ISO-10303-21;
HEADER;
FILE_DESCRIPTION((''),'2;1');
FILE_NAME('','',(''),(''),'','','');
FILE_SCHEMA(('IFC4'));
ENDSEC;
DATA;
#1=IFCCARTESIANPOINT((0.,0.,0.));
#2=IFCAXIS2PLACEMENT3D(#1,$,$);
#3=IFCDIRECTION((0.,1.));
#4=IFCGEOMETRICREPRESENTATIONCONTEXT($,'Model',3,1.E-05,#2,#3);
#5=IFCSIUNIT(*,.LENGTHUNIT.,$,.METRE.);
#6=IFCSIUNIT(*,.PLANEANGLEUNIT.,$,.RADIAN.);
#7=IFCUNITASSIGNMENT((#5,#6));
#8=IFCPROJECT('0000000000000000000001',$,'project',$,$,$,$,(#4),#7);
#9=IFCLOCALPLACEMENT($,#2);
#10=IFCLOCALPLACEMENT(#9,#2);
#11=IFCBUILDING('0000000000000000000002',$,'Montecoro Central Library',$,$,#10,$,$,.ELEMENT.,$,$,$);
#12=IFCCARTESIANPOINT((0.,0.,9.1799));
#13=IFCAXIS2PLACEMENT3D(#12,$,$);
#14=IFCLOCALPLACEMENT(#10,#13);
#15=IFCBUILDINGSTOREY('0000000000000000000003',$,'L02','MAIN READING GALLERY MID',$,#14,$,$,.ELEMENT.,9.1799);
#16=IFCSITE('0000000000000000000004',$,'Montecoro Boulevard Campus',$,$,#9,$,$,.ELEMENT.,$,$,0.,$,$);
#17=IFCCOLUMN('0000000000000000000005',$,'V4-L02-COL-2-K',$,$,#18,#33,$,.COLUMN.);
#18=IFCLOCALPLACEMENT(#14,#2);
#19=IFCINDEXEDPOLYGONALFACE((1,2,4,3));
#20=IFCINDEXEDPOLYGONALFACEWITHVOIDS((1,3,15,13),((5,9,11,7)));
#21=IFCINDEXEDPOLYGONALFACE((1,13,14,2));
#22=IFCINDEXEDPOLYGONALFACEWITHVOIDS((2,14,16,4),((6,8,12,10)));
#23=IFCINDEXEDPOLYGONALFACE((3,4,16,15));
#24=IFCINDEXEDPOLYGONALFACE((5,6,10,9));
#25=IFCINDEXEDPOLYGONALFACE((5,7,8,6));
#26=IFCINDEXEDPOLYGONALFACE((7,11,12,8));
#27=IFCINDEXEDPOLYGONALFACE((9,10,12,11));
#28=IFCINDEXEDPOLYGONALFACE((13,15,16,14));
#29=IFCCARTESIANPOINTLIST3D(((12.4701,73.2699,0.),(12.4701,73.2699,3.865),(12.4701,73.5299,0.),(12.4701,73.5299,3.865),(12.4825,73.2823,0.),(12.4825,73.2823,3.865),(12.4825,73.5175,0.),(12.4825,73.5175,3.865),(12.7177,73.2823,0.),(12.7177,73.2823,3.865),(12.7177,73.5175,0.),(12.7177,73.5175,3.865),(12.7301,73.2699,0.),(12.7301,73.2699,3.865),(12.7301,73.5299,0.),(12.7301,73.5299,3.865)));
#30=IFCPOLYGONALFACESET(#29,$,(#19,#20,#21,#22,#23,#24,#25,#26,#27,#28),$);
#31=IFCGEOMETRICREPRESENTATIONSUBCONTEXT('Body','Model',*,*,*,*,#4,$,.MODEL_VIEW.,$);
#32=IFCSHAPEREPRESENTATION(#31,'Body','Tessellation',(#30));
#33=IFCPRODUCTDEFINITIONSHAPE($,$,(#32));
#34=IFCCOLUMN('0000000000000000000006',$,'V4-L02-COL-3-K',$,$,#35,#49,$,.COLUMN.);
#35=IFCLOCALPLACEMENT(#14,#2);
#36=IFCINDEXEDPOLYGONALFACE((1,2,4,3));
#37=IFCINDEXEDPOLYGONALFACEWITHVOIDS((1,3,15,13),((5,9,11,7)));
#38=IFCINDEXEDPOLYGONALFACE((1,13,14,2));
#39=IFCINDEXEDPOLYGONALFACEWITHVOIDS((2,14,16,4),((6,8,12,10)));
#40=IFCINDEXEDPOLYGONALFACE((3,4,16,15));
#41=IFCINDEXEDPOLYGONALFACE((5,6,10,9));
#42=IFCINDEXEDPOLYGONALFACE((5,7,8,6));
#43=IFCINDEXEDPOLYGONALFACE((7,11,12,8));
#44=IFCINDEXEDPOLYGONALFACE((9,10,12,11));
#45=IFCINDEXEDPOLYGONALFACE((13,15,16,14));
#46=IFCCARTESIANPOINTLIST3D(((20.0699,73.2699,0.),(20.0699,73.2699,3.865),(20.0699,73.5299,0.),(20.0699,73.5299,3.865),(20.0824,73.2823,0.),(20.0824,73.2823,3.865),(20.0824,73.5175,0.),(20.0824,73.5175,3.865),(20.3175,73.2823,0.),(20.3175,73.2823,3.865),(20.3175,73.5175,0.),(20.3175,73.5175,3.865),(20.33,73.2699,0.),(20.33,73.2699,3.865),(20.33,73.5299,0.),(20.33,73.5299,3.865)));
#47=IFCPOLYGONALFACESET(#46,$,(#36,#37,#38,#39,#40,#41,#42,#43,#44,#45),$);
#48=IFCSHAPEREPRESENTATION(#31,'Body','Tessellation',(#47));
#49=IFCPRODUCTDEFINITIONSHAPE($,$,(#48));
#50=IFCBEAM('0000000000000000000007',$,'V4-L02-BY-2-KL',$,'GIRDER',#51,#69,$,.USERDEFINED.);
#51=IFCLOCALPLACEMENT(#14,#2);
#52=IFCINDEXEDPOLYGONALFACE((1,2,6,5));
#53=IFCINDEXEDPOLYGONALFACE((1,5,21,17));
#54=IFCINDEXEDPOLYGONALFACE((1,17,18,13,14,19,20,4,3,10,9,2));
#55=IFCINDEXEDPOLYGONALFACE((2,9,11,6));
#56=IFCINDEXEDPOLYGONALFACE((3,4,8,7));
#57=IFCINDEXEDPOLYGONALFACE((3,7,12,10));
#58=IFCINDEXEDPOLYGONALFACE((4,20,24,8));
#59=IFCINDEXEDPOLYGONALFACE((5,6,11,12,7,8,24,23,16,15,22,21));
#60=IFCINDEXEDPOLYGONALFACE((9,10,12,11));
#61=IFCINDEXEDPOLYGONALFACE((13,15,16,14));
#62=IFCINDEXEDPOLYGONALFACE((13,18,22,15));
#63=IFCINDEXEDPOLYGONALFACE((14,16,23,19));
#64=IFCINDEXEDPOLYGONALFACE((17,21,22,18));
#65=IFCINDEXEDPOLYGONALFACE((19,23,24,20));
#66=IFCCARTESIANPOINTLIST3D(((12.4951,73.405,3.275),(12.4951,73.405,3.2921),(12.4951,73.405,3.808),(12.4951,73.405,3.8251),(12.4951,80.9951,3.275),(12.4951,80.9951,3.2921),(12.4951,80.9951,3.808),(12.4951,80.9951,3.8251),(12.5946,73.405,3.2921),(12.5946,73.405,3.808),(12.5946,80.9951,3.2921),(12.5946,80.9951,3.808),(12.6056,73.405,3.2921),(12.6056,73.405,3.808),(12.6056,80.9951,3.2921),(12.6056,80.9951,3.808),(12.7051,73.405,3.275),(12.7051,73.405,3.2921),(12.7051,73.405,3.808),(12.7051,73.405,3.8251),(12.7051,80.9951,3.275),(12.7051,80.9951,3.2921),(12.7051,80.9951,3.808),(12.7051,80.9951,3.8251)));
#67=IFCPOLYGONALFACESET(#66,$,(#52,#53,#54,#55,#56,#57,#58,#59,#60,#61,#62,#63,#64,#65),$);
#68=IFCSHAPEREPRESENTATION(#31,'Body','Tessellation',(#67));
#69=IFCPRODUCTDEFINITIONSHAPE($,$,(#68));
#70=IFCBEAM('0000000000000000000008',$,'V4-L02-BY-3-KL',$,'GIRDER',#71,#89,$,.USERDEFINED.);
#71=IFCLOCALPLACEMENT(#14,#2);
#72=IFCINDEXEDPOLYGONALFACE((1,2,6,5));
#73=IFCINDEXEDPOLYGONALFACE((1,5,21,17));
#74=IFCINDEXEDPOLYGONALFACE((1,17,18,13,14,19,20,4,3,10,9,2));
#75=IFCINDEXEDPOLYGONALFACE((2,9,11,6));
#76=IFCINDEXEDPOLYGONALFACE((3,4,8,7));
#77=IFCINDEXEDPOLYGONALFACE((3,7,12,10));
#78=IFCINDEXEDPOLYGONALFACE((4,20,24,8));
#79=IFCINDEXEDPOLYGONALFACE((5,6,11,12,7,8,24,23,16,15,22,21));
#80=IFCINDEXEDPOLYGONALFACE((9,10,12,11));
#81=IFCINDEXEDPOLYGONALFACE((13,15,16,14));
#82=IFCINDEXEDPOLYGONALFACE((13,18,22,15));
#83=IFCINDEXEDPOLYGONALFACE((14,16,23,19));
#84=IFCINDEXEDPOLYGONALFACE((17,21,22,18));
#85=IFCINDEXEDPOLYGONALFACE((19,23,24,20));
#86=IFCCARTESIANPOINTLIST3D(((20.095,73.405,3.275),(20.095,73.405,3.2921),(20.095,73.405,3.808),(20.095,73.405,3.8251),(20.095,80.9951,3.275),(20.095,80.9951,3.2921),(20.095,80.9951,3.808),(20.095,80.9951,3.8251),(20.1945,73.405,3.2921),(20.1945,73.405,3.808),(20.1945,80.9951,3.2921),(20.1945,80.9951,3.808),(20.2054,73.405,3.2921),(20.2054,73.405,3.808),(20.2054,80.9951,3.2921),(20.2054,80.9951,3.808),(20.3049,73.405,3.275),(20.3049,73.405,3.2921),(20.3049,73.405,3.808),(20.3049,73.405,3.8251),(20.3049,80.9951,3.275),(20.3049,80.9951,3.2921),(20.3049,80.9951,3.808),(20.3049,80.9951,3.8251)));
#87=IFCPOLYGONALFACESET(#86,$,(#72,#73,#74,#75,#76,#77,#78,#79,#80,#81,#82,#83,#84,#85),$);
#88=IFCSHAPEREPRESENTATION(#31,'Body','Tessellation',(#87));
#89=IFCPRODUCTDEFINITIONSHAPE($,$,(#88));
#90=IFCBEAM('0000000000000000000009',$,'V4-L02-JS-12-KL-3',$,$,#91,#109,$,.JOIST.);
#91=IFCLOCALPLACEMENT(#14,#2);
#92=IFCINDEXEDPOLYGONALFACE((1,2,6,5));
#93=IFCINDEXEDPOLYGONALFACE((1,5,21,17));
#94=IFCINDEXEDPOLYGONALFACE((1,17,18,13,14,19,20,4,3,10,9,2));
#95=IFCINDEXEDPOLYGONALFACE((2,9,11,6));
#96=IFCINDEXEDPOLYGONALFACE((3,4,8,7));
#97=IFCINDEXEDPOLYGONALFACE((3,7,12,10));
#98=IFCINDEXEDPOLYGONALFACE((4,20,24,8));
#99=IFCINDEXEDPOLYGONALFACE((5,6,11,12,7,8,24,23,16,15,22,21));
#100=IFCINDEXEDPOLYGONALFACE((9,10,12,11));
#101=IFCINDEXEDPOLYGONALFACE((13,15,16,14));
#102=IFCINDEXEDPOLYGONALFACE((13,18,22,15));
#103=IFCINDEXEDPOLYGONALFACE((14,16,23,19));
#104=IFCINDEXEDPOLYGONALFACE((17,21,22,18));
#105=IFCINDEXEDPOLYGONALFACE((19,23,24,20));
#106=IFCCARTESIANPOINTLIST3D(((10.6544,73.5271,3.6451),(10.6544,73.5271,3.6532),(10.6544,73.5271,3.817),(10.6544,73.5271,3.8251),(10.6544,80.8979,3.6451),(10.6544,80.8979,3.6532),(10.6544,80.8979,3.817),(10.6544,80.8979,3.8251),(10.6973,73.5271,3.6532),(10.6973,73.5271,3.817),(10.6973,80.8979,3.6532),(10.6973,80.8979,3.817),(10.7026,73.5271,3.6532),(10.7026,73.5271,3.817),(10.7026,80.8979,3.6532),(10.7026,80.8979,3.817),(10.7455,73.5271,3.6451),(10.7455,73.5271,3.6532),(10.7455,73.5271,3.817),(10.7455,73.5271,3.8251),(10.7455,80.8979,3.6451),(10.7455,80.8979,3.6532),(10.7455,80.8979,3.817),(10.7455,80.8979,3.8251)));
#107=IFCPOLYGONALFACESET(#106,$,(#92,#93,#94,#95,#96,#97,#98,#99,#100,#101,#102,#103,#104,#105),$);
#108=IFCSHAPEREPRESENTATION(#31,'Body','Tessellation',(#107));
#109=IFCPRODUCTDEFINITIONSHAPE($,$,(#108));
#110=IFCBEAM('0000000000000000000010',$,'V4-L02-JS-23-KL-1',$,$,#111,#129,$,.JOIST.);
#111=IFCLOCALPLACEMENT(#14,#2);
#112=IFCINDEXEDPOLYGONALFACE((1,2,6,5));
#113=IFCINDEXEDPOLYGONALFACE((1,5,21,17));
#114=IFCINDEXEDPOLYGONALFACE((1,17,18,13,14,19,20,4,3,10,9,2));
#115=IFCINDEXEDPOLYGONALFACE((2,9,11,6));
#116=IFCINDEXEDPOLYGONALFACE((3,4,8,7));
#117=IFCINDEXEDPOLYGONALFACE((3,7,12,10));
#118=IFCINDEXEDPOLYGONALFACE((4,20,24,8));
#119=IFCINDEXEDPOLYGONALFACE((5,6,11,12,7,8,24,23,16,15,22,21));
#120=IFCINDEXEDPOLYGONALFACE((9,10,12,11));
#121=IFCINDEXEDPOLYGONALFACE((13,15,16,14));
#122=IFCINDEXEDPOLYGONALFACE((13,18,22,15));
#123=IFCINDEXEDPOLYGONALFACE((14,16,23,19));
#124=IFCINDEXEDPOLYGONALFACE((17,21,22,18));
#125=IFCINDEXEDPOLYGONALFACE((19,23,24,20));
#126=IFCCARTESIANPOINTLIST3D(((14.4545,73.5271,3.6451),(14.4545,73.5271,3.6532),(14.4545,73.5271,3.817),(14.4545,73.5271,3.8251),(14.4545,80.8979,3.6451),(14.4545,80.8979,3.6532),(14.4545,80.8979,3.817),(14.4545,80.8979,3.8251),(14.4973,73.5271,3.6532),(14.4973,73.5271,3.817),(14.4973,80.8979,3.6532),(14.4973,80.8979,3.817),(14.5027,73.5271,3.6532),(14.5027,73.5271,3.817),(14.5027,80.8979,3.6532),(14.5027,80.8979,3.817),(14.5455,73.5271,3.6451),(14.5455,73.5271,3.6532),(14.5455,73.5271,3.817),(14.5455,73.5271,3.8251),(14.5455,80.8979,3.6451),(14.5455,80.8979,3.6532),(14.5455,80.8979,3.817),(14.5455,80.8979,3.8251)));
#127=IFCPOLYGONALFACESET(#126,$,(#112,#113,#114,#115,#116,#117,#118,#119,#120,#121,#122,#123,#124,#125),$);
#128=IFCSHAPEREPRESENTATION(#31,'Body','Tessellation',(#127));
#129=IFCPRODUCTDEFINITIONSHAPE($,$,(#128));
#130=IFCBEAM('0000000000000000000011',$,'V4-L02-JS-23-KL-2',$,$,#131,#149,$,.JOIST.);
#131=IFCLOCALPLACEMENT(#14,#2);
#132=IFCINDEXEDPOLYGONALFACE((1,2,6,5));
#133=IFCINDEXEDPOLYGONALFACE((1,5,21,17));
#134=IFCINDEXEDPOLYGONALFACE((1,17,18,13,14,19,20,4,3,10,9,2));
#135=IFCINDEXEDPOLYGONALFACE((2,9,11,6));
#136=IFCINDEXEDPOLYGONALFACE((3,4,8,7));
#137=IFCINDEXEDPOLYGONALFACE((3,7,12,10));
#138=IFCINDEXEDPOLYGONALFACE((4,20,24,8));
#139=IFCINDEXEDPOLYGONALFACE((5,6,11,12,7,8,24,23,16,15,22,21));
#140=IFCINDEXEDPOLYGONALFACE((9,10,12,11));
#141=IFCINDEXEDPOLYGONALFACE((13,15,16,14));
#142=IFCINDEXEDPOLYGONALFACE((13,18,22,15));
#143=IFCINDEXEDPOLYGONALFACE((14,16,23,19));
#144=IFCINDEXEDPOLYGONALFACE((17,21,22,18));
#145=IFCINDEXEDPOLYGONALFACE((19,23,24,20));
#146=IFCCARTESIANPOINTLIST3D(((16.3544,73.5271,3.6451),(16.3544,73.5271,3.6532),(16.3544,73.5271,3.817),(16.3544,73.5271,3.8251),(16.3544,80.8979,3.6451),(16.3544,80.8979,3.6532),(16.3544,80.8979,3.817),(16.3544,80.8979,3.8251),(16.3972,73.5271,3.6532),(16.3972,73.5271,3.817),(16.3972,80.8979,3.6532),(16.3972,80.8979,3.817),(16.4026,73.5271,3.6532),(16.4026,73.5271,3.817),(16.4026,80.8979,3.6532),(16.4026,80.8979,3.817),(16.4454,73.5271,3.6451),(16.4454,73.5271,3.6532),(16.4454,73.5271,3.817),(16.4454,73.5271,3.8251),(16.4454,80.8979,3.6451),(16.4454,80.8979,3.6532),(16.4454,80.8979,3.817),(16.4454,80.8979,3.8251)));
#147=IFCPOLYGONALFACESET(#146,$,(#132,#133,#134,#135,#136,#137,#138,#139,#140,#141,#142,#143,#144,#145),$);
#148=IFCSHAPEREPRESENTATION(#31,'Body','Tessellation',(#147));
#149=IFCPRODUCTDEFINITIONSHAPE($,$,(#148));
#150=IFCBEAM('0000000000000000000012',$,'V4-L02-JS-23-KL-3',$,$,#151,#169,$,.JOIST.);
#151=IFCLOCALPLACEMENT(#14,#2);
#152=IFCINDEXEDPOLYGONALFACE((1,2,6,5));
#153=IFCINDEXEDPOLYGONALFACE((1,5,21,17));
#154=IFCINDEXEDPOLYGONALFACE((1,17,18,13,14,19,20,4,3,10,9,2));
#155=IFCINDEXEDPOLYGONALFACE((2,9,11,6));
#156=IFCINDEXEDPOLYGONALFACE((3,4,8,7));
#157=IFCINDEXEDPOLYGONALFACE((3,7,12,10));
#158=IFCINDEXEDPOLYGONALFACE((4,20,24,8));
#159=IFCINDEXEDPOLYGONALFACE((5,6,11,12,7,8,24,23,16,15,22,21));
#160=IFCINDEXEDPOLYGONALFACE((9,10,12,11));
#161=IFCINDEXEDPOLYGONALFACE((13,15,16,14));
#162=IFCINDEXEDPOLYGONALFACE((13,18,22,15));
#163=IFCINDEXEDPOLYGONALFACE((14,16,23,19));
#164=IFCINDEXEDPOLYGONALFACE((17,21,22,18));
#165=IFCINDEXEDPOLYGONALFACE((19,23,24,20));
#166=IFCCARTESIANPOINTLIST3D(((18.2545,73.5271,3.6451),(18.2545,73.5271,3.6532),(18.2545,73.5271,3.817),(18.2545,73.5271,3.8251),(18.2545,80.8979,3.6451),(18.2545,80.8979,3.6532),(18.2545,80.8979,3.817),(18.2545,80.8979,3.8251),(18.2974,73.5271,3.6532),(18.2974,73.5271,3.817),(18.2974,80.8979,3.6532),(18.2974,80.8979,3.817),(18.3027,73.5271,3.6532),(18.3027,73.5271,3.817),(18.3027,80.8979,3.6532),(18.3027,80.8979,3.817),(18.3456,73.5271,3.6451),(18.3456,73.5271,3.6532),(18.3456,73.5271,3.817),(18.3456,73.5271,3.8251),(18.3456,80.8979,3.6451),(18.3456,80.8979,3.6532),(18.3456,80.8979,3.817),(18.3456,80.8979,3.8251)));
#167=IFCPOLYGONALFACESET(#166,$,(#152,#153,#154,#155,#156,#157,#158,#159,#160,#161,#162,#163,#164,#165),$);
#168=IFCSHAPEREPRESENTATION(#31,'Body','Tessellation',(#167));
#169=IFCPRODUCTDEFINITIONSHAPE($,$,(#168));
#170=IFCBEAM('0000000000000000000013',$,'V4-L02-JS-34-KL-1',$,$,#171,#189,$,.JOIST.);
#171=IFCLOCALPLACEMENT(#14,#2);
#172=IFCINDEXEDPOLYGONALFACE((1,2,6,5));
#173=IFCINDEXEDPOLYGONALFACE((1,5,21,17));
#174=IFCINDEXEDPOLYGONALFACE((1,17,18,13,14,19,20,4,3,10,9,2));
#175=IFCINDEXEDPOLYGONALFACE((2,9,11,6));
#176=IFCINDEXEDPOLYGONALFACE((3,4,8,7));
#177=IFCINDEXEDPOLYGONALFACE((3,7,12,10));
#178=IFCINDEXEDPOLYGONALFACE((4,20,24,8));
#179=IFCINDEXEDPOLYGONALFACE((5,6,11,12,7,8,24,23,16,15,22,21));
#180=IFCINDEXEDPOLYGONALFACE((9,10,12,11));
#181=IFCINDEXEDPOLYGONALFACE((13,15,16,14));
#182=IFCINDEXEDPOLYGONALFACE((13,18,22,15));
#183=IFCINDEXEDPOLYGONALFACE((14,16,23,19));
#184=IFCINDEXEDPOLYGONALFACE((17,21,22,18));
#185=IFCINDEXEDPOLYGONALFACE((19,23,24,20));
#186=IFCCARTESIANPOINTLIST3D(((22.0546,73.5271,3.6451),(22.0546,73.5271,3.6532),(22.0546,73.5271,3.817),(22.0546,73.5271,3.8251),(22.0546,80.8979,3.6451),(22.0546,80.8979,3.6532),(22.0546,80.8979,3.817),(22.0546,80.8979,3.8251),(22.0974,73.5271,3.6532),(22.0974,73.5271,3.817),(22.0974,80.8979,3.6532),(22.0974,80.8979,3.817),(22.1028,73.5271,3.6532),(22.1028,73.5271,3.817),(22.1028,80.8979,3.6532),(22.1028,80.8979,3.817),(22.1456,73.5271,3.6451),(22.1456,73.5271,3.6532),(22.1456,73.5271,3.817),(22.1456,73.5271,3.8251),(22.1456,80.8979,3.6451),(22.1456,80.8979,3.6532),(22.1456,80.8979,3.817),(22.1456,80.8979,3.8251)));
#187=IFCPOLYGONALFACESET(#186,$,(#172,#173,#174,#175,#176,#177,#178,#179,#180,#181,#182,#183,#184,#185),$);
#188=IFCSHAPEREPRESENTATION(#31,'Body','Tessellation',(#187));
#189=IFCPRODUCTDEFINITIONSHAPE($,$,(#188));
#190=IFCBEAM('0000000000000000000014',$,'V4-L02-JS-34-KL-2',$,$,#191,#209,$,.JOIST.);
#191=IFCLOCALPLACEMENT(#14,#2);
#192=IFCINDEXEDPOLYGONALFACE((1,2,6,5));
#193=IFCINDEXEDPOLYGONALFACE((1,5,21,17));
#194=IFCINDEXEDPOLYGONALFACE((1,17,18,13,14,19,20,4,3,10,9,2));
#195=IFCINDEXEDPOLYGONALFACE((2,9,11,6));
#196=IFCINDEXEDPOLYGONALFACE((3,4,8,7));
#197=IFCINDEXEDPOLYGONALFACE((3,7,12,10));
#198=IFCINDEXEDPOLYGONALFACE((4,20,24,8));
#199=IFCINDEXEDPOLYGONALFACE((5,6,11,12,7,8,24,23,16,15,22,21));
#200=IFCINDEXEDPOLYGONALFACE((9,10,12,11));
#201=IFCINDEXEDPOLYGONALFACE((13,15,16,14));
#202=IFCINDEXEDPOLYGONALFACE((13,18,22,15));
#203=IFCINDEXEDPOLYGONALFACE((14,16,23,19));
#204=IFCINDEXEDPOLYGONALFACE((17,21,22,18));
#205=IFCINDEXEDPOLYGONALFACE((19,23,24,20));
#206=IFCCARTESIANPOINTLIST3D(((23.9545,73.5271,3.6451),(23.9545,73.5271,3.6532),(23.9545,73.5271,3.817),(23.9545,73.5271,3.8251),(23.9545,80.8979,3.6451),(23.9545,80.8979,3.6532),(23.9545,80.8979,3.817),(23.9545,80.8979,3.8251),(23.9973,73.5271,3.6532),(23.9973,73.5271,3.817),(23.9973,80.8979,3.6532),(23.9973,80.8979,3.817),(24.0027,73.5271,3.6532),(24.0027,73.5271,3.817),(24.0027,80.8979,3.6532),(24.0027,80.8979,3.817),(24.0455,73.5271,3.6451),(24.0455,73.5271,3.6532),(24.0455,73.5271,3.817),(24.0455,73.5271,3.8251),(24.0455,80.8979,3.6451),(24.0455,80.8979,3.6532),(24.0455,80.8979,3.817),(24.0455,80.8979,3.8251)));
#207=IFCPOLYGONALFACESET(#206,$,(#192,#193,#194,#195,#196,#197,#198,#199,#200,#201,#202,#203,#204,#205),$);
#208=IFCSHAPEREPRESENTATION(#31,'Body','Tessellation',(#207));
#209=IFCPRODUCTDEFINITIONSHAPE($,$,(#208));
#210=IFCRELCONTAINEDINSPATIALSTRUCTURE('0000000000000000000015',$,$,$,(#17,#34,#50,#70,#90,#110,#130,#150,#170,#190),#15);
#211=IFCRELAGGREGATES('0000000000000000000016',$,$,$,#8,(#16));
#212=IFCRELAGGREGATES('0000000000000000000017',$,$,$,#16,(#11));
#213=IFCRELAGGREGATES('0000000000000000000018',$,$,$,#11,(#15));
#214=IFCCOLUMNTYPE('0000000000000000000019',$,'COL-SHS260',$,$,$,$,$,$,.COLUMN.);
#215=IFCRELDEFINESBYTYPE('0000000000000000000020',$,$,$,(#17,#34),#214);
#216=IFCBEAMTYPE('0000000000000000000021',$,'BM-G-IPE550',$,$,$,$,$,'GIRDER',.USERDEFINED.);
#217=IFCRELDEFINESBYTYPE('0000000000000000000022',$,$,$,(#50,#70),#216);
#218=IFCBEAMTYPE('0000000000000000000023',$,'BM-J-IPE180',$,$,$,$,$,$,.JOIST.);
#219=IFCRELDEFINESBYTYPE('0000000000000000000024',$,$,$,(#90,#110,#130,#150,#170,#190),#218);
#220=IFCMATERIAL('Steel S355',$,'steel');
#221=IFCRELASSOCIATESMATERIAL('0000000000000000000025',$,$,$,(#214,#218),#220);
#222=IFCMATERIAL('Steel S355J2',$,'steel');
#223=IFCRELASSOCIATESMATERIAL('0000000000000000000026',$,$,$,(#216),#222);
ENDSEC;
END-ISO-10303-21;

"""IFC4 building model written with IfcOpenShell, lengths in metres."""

from ifc_helpers import new_model, si_unit, direction, frame, origin, origin_2d, place, context, subcontext, project, spatial, hollow_rectangle, i_section, extrude, material, material_profile, profile_set, type_object, element, save


model = new_model("IFC4")

# Units and contexts
model_context = context("Model", 3, precision=1e-05, world=origin(), true_north=direction((0.0, 1.0)))
body_context = subcontext(model_context, "Body", "Model", "MODEL_VIEW")
ifc_project = project(units=[si_unit("LENGTHUNIT", "METRE"), si_unit("PLANEANGLEUNIT", "RADIAN")], contexts=[model_context])

# Site, building, storey
site_placement = place(None, origin())
site = spatial("IfcSite", under=ifc_project, at=site_placement, Name="Montecoro Boulevard Campus", CompositionType="ELEMENT", RefElevation=0.0)
building_placement = place(site_placement, origin())
building = spatial("IfcBuilding", under=site, at=building_placement, Name="Montecoro Central Library", CompositionType="ELEMENT")
storey_placement = place(building_placement, frame((0.0, 0.0, 9.1799)))
storey = spatial("IfcBuildingStorey", under=building, at=storey_placement, Name="L02", Description="MAIN READING GALLERY MID", CompositionType="ELEMENT", Elevation=9.1799)

# Columns
ifc_material_1 = material(Name="Steel S355", Category="steel")
ifc_material_profile_1 = material_profile(ifc_material_1, hollow_rectangle(XDim=0.26, YDim=0.26, WallThickness=0.0125, at=origin_2d()), Name="SHS 260x260x12.5")
ifc_profile_set_1 = profile_set([ifc_material_profile_1], Name="Steel S355")
column_type = type_object("IfcColumnType", Name="COL-SHS260", PredefinedType="COLUMN", material=ifc_profile_set_1)
for number, where, z_axis, x_axis, name in (
    (1, (12.6001, 73.3999, 0.0), (0.0, 0.0, 1.0), (1.0, 0.0, 0.0), "V4-L02-COL-2-K"),
    (2, (20.2, 73.3999, 0.0), (0.0, 0.0, 1.0), (1.0, 0.0, 0.0), "V4-L02-COL-3-K"),
):
    element("IfcColumn", number, at=place(storey_placement, frame(where, z_axis=z_axis, x_axis=x_axis)), inside=storey, type_object=column_type, Name=name, PredefinedType="COLUMN", context=body_context, shape_type="SweptSolid", body=[
        extrude(hollow_rectangle(XDim=0.26, YDim=0.26, WallThickness=0.0125, at=origin_2d()), origin(), (0.0, 0.0, 1.0), 3.865),
    ])

# Beams
ifc_material_2 = material(Name="Steel S355J2", Category="steel")
ifc_material_profile_2 = material_profile(ifc_material_2, i_section(OverallWidth=0.21, OverallDepth=0.55, WebThickness=0.011, FlangeThickness=0.0171, at=origin_2d()), Name="IPE 550")
ifc_profile_set_2 = profile_set([ifc_material_profile_2], Name="Steel S355J2")
beam_type_1 = type_object("IfcBeamType", Name="BM-G-IPE550", ElementType="GIRDER", PredefinedType="USERDEFINED", material=ifc_profile_set_2)
for number, where, z_axis, x_axis, name in (
    (3, (12.6001, 73.405, 3.55), (0.0, 1.0, 0.0), (-1.0, 0.0, 0.0), "V4-L02-BY-2-KL"),
    (4, (20.2, 73.405, 3.55), (0.0, 1.0, 0.0), (-1.0, 0.0, 0.0), "V4-L02-BY-3-KL"),
):
    element("IfcBeam", number, at=place(storey_placement, frame(where, z_axis=z_axis, x_axis=x_axis)), inside=storey, type_object=beam_type_1, Name=name, ObjectType="GIRDER", PredefinedType="USERDEFINED", context=body_context, shape_type="SweptSolid", body=[
        extrude(i_section(OverallWidth=0.21, OverallDepth=0.55, WebThickness=0.011, FlangeThickness=0.0171, at=origin_2d()), origin(), (0.0, 0.0, 1.0), 7.5901),
    ])
ifc_material_profile_3 = material_profile(ifc_material_1, i_section(OverallWidth=0.0911, OverallDepth=0.1799, WebThickness=0.0054, FlangeThickness=0.0081, at=origin_2d()), Name="IPE 180")
ifc_profile_set_3 = profile_set([ifc_material_profile_3], Name="Steel S355")
beam_type_2 = type_object("IfcBeamType", Name="BM-J-IPE180", PredefinedType="JOIST", material=ifc_profile_set_3)
for number, where, z_axis, x_axis, name in (
    (5, (10.7, 73.5271, 3.7351), (0.0, 1.0, 0.0), (-1.0, 0.0, 0.0), "V4-L02-JS-12-KL-3"),
    (6, (14.5, 73.5271, 3.7351), (0.0, 1.0, 0.0), (-1.0, 0.0, 0.0), "V4-L02-JS-23-KL-1"),
    (7, (16.3999, 73.5271, 3.7351), (0.0, 1.0, 0.0), (-1.0, 0.0, 0.0), "V4-L02-JS-23-KL-2"),
    (8, (18.3, 73.5271, 3.7351), (0.0, 1.0, 0.0), (-1.0, 0.0, 0.0), "V4-L02-JS-23-KL-3"),
    (9, (22.1001, 73.5271, 3.7351), (0.0, 1.0, 0.0), (-1.0, 0.0, 0.0), "V4-L02-JS-34-KL-1"),
    (10, (24.0, 73.5271, 3.7351), (0.0, 1.0, 0.0), (-1.0, 0.0, 0.0), "V4-L02-JS-34-KL-2"),
):
    element("IfcBeam", number, at=place(storey_placement, frame(where, z_axis=z_axis, x_axis=x_axis)), inside=storey, type_object=beam_type_2, Name=name, PredefinedType="JOIST", context=body_context, shape_type="SweptSolid", body=[
        extrude(i_section(OverallWidth=0.0911, OverallDepth=0.1799, WebThickness=0.0054, FlangeThickness=0.0081, at=origin_2d()), origin(), (0.0, 0.0, 1.0), 7.3708),
    ])

save(model, "model.ifc")
